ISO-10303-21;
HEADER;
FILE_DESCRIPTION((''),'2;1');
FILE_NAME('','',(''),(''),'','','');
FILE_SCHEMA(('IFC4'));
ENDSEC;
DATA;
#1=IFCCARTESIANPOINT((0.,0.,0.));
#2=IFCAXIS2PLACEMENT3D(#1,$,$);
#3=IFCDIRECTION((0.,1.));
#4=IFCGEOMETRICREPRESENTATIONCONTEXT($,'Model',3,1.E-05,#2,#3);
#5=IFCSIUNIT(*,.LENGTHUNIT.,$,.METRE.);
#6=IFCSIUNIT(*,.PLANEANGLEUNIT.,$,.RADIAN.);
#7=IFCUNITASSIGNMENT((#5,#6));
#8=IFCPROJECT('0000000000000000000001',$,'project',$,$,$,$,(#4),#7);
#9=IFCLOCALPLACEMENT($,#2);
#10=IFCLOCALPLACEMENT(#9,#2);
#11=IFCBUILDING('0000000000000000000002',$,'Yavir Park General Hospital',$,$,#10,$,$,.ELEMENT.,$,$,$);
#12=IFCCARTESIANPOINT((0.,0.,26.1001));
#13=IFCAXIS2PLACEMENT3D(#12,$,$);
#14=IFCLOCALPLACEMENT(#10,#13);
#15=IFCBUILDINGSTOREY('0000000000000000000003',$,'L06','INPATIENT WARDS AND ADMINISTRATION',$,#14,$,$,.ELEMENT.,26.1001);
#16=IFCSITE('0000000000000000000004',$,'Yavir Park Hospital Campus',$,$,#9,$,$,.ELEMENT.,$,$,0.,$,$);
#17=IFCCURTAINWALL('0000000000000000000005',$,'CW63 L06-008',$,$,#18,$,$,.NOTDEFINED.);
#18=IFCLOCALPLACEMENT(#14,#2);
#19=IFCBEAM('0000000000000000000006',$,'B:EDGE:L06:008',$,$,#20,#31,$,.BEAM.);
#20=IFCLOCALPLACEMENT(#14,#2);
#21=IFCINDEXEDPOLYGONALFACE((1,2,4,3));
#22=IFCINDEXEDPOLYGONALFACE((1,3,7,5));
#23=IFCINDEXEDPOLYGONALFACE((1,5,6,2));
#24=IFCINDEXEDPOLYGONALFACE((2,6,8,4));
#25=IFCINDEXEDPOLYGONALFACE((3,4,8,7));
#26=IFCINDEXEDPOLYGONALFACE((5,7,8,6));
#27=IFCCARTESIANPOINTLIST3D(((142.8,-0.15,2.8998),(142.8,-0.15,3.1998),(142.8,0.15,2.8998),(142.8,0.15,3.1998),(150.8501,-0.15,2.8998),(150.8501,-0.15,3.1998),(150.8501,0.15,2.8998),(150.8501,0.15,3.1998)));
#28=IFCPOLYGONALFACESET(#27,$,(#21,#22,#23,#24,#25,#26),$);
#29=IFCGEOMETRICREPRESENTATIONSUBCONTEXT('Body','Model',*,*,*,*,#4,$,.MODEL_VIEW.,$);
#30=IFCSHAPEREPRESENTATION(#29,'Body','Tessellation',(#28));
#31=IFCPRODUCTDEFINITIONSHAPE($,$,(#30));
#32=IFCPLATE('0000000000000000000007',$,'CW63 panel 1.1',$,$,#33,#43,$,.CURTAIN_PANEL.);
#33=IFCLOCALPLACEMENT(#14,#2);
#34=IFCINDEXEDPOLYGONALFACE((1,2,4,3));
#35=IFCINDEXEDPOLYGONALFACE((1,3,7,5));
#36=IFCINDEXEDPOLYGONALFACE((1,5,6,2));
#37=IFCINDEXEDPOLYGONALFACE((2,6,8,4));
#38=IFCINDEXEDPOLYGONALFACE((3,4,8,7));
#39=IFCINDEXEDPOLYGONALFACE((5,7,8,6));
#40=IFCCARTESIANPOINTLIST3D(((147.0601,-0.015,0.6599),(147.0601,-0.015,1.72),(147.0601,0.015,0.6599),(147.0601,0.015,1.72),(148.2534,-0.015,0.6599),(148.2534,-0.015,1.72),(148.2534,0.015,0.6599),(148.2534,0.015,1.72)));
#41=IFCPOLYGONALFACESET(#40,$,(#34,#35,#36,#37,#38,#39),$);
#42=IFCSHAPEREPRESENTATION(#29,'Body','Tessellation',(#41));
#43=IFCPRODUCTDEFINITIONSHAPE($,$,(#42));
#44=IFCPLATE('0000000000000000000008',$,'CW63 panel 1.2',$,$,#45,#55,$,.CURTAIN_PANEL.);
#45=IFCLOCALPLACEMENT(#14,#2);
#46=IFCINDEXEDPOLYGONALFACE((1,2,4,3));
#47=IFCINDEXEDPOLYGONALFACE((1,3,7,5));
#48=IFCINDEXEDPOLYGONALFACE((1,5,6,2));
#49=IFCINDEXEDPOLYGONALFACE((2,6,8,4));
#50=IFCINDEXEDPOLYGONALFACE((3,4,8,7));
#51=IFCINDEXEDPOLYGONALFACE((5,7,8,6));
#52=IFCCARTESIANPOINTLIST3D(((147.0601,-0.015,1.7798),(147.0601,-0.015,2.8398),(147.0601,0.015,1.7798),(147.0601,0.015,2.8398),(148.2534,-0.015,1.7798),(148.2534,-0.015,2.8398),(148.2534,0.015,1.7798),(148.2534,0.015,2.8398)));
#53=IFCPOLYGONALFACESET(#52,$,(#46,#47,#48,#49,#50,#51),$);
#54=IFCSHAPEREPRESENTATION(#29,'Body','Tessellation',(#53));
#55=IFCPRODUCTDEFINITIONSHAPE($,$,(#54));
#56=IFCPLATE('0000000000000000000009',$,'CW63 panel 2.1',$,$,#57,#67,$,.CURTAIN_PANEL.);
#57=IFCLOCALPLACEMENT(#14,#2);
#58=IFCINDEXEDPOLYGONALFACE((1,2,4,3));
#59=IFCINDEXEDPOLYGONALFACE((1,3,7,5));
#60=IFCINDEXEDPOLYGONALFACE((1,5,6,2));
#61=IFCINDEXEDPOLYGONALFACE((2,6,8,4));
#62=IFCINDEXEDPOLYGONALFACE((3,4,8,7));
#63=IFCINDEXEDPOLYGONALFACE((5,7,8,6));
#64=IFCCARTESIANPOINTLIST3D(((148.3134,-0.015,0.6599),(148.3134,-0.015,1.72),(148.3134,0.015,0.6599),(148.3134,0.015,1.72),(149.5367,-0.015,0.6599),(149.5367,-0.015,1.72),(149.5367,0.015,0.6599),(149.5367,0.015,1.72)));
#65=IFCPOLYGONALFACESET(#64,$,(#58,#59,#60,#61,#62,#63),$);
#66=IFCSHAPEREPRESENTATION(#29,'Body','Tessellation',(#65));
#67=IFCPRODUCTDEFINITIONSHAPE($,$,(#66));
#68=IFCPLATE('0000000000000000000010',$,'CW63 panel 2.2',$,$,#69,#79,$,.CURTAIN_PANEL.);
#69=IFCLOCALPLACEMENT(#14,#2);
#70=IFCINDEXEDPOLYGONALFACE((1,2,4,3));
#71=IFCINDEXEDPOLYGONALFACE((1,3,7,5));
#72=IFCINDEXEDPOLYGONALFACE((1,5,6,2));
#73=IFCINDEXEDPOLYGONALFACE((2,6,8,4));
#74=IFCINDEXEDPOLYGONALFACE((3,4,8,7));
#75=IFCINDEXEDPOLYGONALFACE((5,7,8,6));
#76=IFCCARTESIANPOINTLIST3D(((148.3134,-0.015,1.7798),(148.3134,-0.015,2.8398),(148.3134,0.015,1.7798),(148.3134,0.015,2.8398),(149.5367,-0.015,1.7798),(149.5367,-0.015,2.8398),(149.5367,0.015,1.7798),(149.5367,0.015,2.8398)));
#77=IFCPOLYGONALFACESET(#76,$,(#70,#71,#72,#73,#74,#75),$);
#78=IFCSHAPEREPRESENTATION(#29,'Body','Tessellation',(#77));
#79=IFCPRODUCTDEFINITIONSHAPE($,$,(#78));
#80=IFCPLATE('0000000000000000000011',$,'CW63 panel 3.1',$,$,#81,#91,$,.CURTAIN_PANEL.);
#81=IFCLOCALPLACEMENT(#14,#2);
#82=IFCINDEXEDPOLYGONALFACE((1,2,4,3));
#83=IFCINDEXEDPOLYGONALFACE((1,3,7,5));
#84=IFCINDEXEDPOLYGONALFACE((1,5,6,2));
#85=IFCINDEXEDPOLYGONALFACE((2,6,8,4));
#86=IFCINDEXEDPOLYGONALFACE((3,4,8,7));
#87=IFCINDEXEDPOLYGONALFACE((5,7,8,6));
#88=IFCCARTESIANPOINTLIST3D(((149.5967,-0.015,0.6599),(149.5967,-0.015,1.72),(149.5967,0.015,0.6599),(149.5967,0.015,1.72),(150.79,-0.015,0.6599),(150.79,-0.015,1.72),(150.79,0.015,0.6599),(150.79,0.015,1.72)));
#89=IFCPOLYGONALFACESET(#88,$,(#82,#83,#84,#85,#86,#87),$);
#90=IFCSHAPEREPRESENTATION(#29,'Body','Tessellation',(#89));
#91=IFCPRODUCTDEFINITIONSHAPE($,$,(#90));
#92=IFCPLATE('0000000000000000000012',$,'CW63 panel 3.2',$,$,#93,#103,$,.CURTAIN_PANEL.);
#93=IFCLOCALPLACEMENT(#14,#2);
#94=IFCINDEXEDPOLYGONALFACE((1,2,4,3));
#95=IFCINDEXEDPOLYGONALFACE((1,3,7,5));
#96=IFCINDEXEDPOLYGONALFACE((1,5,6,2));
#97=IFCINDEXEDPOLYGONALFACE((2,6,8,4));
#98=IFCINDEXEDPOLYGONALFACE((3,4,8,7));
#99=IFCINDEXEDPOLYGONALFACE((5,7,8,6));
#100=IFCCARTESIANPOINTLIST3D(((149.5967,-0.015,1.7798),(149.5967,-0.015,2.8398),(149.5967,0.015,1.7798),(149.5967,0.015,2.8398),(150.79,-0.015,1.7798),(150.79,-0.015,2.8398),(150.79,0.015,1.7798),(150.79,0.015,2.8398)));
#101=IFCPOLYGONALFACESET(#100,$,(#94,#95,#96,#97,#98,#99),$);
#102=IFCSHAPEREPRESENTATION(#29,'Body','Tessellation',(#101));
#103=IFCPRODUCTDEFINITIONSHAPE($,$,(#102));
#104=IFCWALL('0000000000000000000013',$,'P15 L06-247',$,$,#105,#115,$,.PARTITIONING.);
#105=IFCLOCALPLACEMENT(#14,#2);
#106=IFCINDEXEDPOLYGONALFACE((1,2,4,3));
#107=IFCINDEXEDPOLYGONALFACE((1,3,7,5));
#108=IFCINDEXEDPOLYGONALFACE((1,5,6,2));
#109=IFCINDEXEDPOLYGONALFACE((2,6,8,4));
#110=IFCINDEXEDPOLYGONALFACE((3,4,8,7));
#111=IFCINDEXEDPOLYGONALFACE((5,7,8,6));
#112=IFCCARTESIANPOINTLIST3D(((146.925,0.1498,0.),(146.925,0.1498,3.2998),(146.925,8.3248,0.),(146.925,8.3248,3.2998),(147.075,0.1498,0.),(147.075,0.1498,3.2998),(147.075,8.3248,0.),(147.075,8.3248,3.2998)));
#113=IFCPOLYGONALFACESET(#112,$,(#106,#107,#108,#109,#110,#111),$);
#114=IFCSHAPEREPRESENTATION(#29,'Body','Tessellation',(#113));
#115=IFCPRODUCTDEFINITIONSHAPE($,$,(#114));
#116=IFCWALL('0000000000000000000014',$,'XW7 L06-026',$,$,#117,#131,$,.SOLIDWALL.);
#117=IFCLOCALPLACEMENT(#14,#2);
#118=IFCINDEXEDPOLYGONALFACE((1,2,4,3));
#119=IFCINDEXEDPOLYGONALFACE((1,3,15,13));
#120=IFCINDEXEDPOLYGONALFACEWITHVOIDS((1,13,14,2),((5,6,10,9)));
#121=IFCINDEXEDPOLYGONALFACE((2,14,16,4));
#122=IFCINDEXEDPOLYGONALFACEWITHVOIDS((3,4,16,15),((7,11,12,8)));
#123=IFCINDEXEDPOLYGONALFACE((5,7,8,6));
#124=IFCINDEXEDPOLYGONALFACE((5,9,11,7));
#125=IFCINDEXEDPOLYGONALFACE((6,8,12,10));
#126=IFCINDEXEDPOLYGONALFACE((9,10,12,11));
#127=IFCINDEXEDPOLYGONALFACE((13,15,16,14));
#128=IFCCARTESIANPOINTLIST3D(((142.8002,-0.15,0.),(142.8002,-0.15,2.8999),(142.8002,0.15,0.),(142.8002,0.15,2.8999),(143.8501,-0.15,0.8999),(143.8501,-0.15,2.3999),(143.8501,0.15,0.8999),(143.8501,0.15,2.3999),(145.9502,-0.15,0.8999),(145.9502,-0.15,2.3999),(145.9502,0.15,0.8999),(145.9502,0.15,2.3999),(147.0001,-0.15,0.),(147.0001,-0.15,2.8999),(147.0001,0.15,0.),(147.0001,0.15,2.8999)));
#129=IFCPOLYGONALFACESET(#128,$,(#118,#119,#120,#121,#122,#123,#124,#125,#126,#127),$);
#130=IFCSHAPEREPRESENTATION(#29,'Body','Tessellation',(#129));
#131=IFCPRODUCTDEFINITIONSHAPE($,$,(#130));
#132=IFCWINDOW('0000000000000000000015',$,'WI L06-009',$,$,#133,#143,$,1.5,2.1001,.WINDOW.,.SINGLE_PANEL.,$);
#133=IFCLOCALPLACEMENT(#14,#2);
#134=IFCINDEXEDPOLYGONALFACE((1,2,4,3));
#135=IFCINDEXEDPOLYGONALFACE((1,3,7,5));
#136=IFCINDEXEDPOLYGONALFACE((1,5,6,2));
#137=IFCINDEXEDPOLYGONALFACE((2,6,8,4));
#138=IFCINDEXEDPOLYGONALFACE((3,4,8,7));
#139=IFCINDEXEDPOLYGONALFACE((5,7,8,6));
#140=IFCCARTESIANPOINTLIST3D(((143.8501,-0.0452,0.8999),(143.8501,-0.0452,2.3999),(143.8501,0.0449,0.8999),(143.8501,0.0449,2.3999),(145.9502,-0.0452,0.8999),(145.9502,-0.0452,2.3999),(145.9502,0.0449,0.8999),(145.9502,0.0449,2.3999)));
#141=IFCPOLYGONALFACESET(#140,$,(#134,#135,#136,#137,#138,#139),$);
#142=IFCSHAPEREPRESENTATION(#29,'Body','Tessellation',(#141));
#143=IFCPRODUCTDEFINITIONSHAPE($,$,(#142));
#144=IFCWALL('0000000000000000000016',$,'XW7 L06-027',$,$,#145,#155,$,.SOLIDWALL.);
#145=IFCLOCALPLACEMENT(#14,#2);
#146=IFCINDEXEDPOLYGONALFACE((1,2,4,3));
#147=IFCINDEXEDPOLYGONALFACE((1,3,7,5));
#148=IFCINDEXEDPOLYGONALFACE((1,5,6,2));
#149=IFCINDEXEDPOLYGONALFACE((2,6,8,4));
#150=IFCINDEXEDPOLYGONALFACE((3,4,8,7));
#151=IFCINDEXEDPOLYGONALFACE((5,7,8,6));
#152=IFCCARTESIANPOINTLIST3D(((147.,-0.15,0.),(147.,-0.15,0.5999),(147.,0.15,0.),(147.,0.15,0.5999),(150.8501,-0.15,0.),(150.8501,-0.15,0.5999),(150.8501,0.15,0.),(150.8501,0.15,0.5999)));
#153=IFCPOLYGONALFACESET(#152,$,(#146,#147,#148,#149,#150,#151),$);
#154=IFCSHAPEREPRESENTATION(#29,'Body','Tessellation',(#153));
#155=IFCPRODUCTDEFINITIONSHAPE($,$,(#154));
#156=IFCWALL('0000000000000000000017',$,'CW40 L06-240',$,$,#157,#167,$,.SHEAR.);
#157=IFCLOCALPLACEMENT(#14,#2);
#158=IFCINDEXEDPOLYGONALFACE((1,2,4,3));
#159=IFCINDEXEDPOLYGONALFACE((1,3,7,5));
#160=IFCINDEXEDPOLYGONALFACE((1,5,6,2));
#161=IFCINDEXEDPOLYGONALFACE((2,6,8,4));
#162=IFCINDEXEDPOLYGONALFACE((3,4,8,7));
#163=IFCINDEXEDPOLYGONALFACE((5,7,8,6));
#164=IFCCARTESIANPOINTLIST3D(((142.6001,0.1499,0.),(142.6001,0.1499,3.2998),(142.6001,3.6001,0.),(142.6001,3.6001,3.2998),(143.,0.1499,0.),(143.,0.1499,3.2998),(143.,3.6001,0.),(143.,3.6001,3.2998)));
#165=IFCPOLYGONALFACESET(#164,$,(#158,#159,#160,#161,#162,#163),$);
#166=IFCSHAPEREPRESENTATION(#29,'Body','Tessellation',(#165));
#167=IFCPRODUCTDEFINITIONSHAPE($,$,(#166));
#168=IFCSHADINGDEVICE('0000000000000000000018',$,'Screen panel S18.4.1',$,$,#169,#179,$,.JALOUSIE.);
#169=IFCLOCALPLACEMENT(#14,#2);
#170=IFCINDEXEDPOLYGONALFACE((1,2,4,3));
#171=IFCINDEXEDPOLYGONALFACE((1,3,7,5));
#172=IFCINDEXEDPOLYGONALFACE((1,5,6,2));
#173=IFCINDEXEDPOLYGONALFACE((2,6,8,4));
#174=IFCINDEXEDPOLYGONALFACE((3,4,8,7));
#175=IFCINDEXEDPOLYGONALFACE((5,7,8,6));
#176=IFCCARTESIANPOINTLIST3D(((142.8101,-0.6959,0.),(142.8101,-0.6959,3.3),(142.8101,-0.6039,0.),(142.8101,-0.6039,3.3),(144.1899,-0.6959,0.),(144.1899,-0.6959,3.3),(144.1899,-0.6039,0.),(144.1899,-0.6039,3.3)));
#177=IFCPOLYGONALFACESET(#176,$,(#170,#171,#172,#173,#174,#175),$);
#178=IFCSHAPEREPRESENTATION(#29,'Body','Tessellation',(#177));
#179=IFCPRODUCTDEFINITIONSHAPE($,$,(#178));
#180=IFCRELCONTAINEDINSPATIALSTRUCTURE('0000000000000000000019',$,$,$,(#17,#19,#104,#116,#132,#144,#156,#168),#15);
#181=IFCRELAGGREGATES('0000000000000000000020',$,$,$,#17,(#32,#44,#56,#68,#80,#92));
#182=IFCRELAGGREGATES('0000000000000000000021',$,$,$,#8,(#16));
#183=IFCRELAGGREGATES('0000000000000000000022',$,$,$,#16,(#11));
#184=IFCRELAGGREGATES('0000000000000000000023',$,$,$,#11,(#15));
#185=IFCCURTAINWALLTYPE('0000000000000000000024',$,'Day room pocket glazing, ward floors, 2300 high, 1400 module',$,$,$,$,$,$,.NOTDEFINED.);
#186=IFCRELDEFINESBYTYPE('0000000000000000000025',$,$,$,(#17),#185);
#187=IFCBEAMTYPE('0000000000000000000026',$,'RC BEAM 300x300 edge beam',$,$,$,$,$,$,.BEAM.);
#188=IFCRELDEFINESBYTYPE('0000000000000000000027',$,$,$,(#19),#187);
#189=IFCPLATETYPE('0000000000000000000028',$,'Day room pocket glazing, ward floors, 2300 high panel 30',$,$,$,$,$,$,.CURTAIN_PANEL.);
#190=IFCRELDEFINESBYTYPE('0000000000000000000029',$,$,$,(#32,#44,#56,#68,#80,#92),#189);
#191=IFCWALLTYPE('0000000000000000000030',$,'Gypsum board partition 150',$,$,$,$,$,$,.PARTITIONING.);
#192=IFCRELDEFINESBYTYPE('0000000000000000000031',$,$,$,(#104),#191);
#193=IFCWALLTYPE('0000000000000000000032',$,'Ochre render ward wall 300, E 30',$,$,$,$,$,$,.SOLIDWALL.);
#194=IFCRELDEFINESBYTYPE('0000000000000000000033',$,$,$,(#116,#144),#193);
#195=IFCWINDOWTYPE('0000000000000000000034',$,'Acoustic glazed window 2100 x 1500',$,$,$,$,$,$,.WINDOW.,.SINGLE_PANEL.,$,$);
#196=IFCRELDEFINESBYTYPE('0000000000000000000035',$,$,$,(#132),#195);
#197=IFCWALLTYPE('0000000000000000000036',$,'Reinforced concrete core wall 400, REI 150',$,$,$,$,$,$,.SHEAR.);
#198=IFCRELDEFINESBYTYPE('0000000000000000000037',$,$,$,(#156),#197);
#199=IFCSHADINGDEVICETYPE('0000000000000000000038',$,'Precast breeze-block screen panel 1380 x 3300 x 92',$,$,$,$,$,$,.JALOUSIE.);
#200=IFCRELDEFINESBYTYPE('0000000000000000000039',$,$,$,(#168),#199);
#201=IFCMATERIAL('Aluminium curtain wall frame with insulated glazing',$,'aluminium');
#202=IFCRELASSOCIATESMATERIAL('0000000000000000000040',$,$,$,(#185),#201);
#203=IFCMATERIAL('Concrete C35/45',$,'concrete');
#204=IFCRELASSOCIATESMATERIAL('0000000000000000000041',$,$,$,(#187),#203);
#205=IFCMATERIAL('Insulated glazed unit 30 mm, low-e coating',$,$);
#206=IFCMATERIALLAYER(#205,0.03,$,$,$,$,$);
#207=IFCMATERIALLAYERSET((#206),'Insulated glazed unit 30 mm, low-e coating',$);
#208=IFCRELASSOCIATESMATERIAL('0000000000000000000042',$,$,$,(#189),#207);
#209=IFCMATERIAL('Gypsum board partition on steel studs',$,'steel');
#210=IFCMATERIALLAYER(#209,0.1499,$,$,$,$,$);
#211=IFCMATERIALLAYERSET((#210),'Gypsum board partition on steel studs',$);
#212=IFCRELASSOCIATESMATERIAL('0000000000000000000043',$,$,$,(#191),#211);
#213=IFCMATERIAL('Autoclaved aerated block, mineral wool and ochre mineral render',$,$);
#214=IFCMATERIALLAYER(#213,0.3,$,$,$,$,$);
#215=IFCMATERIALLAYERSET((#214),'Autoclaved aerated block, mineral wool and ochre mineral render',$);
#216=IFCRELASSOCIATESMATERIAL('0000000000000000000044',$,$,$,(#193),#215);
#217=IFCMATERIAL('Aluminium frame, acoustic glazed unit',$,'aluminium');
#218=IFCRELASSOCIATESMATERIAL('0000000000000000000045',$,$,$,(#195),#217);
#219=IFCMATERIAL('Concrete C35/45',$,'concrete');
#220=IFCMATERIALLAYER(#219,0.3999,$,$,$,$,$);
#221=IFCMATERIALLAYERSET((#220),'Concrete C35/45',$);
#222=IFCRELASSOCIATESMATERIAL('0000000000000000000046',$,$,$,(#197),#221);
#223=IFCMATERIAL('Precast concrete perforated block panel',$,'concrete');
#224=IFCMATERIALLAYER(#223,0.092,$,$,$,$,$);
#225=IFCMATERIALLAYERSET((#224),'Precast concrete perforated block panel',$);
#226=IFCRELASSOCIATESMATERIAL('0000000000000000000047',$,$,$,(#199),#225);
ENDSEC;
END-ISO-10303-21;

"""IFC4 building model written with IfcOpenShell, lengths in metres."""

from ifc_helpers import new_model, si_unit, direction, frame, frame_2d, origin, origin_2d, place, context, subcontext, project, spatial, rectangle, extrude, material, layer, layer_set, material_profile, profile_set, type_object, element, fill, aggregate, save


model = new_model("IFC4")

# Units and contexts
model_context = context("Model", 3, precision=1e-05, world=origin(), true_north=direction((0.0, 1.0)))
body_context = subcontext(model_context, "Body", "Model", "MODEL_VIEW")
ifc_project = project(units=[si_unit("LENGTHUNIT", "METRE"), si_unit("PLANEANGLEUNIT", "RADIAN")], contexts=[model_context])

# Site, building, storey
site_placement = place(None, origin())
site = spatial("IfcSite", under=ifc_project, at=site_placement, Name="Yavir Park Hospital Campus", CompositionType="ELEMENT", RefElevation=0.0)
building_placement = place(site_placement, origin())
building = spatial("IfcBuilding", under=site, at=building_placement, Name="Yavir Park General Hospital", CompositionType="ELEMENT")
storey_placement = place(building_placement, frame((0.0, 0.0, 26.1001)))
storey = spatial("IfcBuildingStorey", under=building, at=storey_placement, Name="L06", Description="INPATIENT WARDS AND ADMINISTRATION", CompositionType="ELEMENT", Elevation=26.1001)

# Curtain wall
ifc_material_1 = material(Name="Aluminium curtain wall frame with insulated glazing", Category="aluminium")
curtain_wall_type = type_object("IfcCurtainWallType", Name="Day room pocket glazing, ward floors, 2300 high, 1400 module", PredefinedType="NOTDEFINED", material=ifc_material_1)
curtain_wall_placement = place(storey_placement, origin())
curtain_wall = element("IfcCurtainWall", 1, at=curtain_wall_placement, inside=storey, type_object=curtain_wall_type, Name="CW63 L06-008", PredefinedType="NOTDEFINED")

# Beam
ifc_material_2 = material(Name="Concrete C35/45", Category="concrete")
ifc_material_profile_1 = material_profile(ifc_material_2, rectangle(XDim=0.3, YDim=0.3, at=origin_2d()), Name="RC300x300")
ifc_profile_set_1 = profile_set([ifc_material_profile_1], Name="Concrete C35/45")
beam_type = type_object("IfcBeamType", Name="RC BEAM 300x300 edge beam", PredefinedType="BEAM", material=ifc_profile_set_1)
beam_placement = place(storey_placement, frame((142.8, 0.0, 3.0498), z_axis=(1.0, 0.0, 0.0), x_axis=(0.0, 1.0, 0.0)))
element("IfcBeam", 2, at=beam_placement, inside=storey, type_object=beam_type, Name="B:EDGE:L06:008", PredefinedType="BEAM", context=body_context, shape_type="SweptSolid", body=[
    extrude(rectangle(XDim=0.3, YDim=0.3, at=origin_2d()), origin(), (0.0, 0.0, 1.0), 8.05),
])

# Plates
ifc_material_3 = material(Name="Insulated glazed unit 30 mm, low-e coating")
ifc_layer_1 = layer(ifc_material_3, 0.03)
ifc_layer_set_1 = layer_set([ifc_layer_1], Name="Insulated glazed unit 30 mm, low-e coating")
plate_type = type_object("IfcPlateType", Name="Day room pocket glazing, ward floors, 2300 high panel 30", PredefinedType="CURTAIN_PANEL", material=ifc_layer_set_1)
plate_1_placement = place(storey_placement, frame((147.6567, 0.0, 0.6599), z_axis=(0.0, 0.0, 1.0), x_axis=(1.0, 0.0, 0.0)))
plate_1 = element("IfcPlate", 3, at=plate_1_placement, type_object=plate_type, Name="CW63 panel 1.1", PredefinedType="CURTAIN_PANEL", context=body_context, shape_type="SweptSolid", body=[
    extrude(rectangle(XDim=1.1934, YDim=0.03, at=origin_2d()), origin(), (0.0, 0.0, 1.0), 1.0601),
])
plate_2_placement = place(storey_placement, frame((147.6567, 0.0, 1.7798), z_axis=(0.0, 0.0, 1.0), x_axis=(1.0, 0.0, 0.0)))
plate_2 = element("IfcPlate", 4, at=plate_2_placement, type_object=plate_type, Name="CW63 panel 1.2", PredefinedType="CURTAIN_PANEL", context=body_context, shape_type="SweptSolid", body=[
    extrude(rectangle(XDim=1.1934, YDim=0.03, at=origin_2d()), origin(), (0.0, 0.0, 1.0), 1.0601),
])
plate_3_placement = place(storey_placement, frame((148.925, 0.0, 0.6599), z_axis=(0.0, 0.0, 1.0), x_axis=(1.0, 0.0, 0.0)))
plate_3 = element("IfcPlate", 5, at=plate_3_placement, type_object=plate_type, Name="CW63 panel 2.1", PredefinedType="CURTAIN_PANEL", context=body_context, shape_type="SweptSolid", body=[
    extrude(rectangle(XDim=1.2234, YDim=0.03, at=origin_2d()), origin(), (0.0, 0.0, 1.0), 1.0601),
])
plate_4_placement = place(storey_placement, frame((148.925, 0.0, 1.7798), z_axis=(0.0, 0.0, 1.0), x_axis=(1.0, 0.0, 0.0)))
plate_4 = element("IfcPlate", 6, at=plate_4_placement, type_object=plate_type, Name="CW63 panel 2.2", PredefinedType="CURTAIN_PANEL", context=body_context, shape_type="SweptSolid", body=[
    extrude(rectangle(XDim=1.2234, YDim=0.03, at=origin_2d()), origin(), (0.0, 0.0, 1.0), 1.0601),
])
plate_5_placement = place(storey_placement, frame((150.1934, 0.0, 0.6599), z_axis=(0.0, 0.0, 1.0), x_axis=(1.0, 0.0, 0.0)))
plate_5 = element("IfcPlate", 7, at=plate_5_placement, type_object=plate_type, Name="CW63 panel 3.1", PredefinedType="CURTAIN_PANEL", context=body_context, shape_type="SweptSolid", body=[
    extrude(rectangle(XDim=1.1934, YDim=0.03, at=origin_2d()), origin(), (0.0, 0.0, 1.0), 1.0601),
])
plate_6_placement = place(storey_placement, frame((150.1934, 0.0, 1.7798), z_axis=(0.0, 0.0, 1.0), x_axis=(1.0, 0.0, 0.0)))
plate_6 = element("IfcPlate", 8, at=plate_6_placement, type_object=plate_type, Name="CW63 panel 3.2", PredefinedType="CURTAIN_PANEL", context=body_context, shape_type="SweptSolid", body=[
    extrude(rectangle(XDim=1.1934, YDim=0.03, at=origin_2d()), origin(), (0.0, 0.0, 1.0), 1.0601),
])
aggregate(curtain_wall, [plate_1, plate_2, plate_3, plate_4, plate_5, plate_6])

# Wall
ifc_material_4 = material(Name="Gypsum board partition on steel studs", Category="steel")
ifc_layer_2 = layer(ifc_material_4, 0.1499)
ifc_layer_set_2 = layer_set([ifc_layer_2], Name="Gypsum board partition on steel studs")
wall_type_1 = type_object("IfcWallType", Name="Gypsum board partition 150", PredefinedType="PARTITIONING", material=ifc_layer_set_2)
wall_1_placement = place(storey_placement, frame((147.0, 0.1499, 0.0), z_axis=(0.0, 0.0, 1.0), x_axis=(0.0, 1.0, 0.0)))
element("IfcWall", 9, at=wall_1_placement, inside=storey, type_object=wall_type_1, Name="P15 L06-247", PredefinedType="PARTITIONING", context=body_context, shape_type="SweptSolid", body=[
    extrude(rectangle(XDim=8.175, YDim=0.1499, at=frame_2d((4.0874, 0.0))), origin(), (0.0, 0.0, 1.0), 3.2998),
])

# Wall, opening, window
ifc_material_5 = material(Name="Autoclaved aerated block, mineral wool and ochre mineral render")
ifc_layer_3 = layer(ifc_material_5, 0.3)
ifc_layer_set_3 = layer_set([ifc_layer_3], Name="Autoclaved aerated block, mineral wool and ochre mineral render")
wall_type_2 = type_object("IfcWallType", Name="Ochre render ward wall 300, E 30", PredefinedType="SOLIDWALL", material=ifc_layer_set_3)
wall_2_placement = place(storey_placement, frame((142.8, 0.0, 0.0), z_axis=(0.0, 0.0, 1.0), x_axis=(1.0, 0.0, 0.0)))
wall_2 = element("IfcWall", 10, at=wall_2_placement, inside=storey, type_object=wall_type_2, Name="XW7 L06-026", PredefinedType="SOLIDWALL", context=body_context, shape_type="SweptSolid", body=[
    extrude(rectangle(XDim=4.2, YDim=0.3, at=frame_2d((2.1001, 0.0))), origin(), (0.0, 0.0, 1.0), 2.8999),
])
opening_placement = place(wall_2_placement, frame((1.05, 0.0, 0.8999)))
opening = element("IfcOpeningElement", 11, at=opening_placement, cuts=wall_2, PredefinedType="OPENING", context=body_context, shape_type="SweptSolid", body=[
    extrude(rectangle(XDim=2.1001, YDim=1.5, at=frame_2d((1.05, 0.75))), frame((0.0, 0.1599, 0.0), z_axis=(0.0, -1.0, 0.0), x_axis=(1.0, 0.0, 0.0)), (0.0, 0.0, 1.0), 0.3201),
])
ifc_material_6 = material(Name="Aluminium frame, acoustic glazed unit", Category="aluminium")
window_type = type_object("IfcWindowType", Name="Acoustic glazed window 2100 x 1500", PartitioningType="SINGLE_PANEL", PredefinedType="WINDOW", material=ifc_material_6)
window_placement = place(opening_placement, origin())
window = element("IfcWindow", 12, at=window_placement, inside=storey, type_object=window_type, Name="WI L06-009", OverallHeight=1.5, OverallWidth=2.1001, PartitioningType="SINGLE_PANEL", PredefinedType="WINDOW", context=body_context, shape_type="SweptSolid", body=[
    extrude(rectangle(XDim=2.1001, YDim=1.5, at=frame_2d((1.05, 0.75))), frame((0.0, 0.0449, 0.0), z_axis=(0.0, -1.0, 0.0), x_axis=(1.0, 0.0, 0.0)), (0.0, 0.0, 1.0), 0.0901),
])
fill(opening, window)

# Walls
wall_3_placement = place(storey_placement, frame((147.0, 0.0, 0.0), z_axis=(0.0, 0.0, 1.0), x_axis=(1.0, 0.0, 0.0)))
element("IfcWall", 13, at=wall_3_placement, inside=storey, type_object=wall_type_2, Name="XW7 L06-027", PredefinedType="SOLIDWALL", context=body_context, shape_type="SweptSolid", body=[
    extrude(rectangle(XDim=3.8501, YDim=0.3, at=frame_2d((1.925, 0.0))), origin(), (0.0, 0.0, 1.0), 0.5999),
])
ifc_material_7 = material(Name="Concrete C35/45", Category="concrete")
ifc_layer_4 = layer(ifc_material_7, 0.3999)
ifc_layer_set_4 = layer_set([ifc_layer_4], Name="Concrete C35/45")
wall_type_3 = type_object("IfcWallType", Name="Reinforced concrete core wall 400, REI 150", PredefinedType="SHEAR", material=ifc_layer_set_4)
wall_4_placement = place(storey_placement, frame((142.8, 0.1499, 0.0), z_axis=(0.0, 0.0, 1.0), x_axis=(0.0, 1.0, 0.0)))
element("IfcWall", 14, at=wall_4_placement, inside=storey, type_object=wall_type_3, Name="CW40 L06-240", PredefinedType="SHEAR", context=body_context, shape_type="SweptSolid", body=[
    extrude(rectangle(XDim=3.4502, YDim=0.3999, at=frame_2d((1.7251, 0.0))), origin(), (0.0, 0.0, 1.0), 3.2998),
])

# Shading device
ifc_material_8 = material(Name="Precast concrete perforated block panel", Category="concrete")
ifc_layer_5 = layer(ifc_material_8, 0.092)
ifc_layer_set_5 = layer_set([ifc_layer_5], Name="Precast concrete perforated block panel")
shading_device_type = type_object("IfcShadingDeviceType", Name="Precast breeze-block screen panel 1380 x 3300 x 92", PredefinedType="JALOUSIE", material=ifc_layer_set_5)
for number, where, z_axis, x_axis, name in (
    (15, (143.5, -0.6499, 0.0), (0.0, 0.0, 1.0), (1.0, 0.0, 0.0), "Screen panel S18.4.1"),
):
    element("IfcShadingDevice", number, at=place(storey_placement, frame(where, z_axis=z_axis, x_axis=x_axis)), inside=storey, type_object=shading_device_type, Name=name, PredefinedType="JALOUSIE", context=body_context, shape_type="SweptSolid", body=[
        extrude(rectangle(XDim=1.3799, YDim=0.092, at=origin_2d()), origin(), (0.0, 0.0, 1.0), 3.3),
    ])

save(model, "model.ifc")
